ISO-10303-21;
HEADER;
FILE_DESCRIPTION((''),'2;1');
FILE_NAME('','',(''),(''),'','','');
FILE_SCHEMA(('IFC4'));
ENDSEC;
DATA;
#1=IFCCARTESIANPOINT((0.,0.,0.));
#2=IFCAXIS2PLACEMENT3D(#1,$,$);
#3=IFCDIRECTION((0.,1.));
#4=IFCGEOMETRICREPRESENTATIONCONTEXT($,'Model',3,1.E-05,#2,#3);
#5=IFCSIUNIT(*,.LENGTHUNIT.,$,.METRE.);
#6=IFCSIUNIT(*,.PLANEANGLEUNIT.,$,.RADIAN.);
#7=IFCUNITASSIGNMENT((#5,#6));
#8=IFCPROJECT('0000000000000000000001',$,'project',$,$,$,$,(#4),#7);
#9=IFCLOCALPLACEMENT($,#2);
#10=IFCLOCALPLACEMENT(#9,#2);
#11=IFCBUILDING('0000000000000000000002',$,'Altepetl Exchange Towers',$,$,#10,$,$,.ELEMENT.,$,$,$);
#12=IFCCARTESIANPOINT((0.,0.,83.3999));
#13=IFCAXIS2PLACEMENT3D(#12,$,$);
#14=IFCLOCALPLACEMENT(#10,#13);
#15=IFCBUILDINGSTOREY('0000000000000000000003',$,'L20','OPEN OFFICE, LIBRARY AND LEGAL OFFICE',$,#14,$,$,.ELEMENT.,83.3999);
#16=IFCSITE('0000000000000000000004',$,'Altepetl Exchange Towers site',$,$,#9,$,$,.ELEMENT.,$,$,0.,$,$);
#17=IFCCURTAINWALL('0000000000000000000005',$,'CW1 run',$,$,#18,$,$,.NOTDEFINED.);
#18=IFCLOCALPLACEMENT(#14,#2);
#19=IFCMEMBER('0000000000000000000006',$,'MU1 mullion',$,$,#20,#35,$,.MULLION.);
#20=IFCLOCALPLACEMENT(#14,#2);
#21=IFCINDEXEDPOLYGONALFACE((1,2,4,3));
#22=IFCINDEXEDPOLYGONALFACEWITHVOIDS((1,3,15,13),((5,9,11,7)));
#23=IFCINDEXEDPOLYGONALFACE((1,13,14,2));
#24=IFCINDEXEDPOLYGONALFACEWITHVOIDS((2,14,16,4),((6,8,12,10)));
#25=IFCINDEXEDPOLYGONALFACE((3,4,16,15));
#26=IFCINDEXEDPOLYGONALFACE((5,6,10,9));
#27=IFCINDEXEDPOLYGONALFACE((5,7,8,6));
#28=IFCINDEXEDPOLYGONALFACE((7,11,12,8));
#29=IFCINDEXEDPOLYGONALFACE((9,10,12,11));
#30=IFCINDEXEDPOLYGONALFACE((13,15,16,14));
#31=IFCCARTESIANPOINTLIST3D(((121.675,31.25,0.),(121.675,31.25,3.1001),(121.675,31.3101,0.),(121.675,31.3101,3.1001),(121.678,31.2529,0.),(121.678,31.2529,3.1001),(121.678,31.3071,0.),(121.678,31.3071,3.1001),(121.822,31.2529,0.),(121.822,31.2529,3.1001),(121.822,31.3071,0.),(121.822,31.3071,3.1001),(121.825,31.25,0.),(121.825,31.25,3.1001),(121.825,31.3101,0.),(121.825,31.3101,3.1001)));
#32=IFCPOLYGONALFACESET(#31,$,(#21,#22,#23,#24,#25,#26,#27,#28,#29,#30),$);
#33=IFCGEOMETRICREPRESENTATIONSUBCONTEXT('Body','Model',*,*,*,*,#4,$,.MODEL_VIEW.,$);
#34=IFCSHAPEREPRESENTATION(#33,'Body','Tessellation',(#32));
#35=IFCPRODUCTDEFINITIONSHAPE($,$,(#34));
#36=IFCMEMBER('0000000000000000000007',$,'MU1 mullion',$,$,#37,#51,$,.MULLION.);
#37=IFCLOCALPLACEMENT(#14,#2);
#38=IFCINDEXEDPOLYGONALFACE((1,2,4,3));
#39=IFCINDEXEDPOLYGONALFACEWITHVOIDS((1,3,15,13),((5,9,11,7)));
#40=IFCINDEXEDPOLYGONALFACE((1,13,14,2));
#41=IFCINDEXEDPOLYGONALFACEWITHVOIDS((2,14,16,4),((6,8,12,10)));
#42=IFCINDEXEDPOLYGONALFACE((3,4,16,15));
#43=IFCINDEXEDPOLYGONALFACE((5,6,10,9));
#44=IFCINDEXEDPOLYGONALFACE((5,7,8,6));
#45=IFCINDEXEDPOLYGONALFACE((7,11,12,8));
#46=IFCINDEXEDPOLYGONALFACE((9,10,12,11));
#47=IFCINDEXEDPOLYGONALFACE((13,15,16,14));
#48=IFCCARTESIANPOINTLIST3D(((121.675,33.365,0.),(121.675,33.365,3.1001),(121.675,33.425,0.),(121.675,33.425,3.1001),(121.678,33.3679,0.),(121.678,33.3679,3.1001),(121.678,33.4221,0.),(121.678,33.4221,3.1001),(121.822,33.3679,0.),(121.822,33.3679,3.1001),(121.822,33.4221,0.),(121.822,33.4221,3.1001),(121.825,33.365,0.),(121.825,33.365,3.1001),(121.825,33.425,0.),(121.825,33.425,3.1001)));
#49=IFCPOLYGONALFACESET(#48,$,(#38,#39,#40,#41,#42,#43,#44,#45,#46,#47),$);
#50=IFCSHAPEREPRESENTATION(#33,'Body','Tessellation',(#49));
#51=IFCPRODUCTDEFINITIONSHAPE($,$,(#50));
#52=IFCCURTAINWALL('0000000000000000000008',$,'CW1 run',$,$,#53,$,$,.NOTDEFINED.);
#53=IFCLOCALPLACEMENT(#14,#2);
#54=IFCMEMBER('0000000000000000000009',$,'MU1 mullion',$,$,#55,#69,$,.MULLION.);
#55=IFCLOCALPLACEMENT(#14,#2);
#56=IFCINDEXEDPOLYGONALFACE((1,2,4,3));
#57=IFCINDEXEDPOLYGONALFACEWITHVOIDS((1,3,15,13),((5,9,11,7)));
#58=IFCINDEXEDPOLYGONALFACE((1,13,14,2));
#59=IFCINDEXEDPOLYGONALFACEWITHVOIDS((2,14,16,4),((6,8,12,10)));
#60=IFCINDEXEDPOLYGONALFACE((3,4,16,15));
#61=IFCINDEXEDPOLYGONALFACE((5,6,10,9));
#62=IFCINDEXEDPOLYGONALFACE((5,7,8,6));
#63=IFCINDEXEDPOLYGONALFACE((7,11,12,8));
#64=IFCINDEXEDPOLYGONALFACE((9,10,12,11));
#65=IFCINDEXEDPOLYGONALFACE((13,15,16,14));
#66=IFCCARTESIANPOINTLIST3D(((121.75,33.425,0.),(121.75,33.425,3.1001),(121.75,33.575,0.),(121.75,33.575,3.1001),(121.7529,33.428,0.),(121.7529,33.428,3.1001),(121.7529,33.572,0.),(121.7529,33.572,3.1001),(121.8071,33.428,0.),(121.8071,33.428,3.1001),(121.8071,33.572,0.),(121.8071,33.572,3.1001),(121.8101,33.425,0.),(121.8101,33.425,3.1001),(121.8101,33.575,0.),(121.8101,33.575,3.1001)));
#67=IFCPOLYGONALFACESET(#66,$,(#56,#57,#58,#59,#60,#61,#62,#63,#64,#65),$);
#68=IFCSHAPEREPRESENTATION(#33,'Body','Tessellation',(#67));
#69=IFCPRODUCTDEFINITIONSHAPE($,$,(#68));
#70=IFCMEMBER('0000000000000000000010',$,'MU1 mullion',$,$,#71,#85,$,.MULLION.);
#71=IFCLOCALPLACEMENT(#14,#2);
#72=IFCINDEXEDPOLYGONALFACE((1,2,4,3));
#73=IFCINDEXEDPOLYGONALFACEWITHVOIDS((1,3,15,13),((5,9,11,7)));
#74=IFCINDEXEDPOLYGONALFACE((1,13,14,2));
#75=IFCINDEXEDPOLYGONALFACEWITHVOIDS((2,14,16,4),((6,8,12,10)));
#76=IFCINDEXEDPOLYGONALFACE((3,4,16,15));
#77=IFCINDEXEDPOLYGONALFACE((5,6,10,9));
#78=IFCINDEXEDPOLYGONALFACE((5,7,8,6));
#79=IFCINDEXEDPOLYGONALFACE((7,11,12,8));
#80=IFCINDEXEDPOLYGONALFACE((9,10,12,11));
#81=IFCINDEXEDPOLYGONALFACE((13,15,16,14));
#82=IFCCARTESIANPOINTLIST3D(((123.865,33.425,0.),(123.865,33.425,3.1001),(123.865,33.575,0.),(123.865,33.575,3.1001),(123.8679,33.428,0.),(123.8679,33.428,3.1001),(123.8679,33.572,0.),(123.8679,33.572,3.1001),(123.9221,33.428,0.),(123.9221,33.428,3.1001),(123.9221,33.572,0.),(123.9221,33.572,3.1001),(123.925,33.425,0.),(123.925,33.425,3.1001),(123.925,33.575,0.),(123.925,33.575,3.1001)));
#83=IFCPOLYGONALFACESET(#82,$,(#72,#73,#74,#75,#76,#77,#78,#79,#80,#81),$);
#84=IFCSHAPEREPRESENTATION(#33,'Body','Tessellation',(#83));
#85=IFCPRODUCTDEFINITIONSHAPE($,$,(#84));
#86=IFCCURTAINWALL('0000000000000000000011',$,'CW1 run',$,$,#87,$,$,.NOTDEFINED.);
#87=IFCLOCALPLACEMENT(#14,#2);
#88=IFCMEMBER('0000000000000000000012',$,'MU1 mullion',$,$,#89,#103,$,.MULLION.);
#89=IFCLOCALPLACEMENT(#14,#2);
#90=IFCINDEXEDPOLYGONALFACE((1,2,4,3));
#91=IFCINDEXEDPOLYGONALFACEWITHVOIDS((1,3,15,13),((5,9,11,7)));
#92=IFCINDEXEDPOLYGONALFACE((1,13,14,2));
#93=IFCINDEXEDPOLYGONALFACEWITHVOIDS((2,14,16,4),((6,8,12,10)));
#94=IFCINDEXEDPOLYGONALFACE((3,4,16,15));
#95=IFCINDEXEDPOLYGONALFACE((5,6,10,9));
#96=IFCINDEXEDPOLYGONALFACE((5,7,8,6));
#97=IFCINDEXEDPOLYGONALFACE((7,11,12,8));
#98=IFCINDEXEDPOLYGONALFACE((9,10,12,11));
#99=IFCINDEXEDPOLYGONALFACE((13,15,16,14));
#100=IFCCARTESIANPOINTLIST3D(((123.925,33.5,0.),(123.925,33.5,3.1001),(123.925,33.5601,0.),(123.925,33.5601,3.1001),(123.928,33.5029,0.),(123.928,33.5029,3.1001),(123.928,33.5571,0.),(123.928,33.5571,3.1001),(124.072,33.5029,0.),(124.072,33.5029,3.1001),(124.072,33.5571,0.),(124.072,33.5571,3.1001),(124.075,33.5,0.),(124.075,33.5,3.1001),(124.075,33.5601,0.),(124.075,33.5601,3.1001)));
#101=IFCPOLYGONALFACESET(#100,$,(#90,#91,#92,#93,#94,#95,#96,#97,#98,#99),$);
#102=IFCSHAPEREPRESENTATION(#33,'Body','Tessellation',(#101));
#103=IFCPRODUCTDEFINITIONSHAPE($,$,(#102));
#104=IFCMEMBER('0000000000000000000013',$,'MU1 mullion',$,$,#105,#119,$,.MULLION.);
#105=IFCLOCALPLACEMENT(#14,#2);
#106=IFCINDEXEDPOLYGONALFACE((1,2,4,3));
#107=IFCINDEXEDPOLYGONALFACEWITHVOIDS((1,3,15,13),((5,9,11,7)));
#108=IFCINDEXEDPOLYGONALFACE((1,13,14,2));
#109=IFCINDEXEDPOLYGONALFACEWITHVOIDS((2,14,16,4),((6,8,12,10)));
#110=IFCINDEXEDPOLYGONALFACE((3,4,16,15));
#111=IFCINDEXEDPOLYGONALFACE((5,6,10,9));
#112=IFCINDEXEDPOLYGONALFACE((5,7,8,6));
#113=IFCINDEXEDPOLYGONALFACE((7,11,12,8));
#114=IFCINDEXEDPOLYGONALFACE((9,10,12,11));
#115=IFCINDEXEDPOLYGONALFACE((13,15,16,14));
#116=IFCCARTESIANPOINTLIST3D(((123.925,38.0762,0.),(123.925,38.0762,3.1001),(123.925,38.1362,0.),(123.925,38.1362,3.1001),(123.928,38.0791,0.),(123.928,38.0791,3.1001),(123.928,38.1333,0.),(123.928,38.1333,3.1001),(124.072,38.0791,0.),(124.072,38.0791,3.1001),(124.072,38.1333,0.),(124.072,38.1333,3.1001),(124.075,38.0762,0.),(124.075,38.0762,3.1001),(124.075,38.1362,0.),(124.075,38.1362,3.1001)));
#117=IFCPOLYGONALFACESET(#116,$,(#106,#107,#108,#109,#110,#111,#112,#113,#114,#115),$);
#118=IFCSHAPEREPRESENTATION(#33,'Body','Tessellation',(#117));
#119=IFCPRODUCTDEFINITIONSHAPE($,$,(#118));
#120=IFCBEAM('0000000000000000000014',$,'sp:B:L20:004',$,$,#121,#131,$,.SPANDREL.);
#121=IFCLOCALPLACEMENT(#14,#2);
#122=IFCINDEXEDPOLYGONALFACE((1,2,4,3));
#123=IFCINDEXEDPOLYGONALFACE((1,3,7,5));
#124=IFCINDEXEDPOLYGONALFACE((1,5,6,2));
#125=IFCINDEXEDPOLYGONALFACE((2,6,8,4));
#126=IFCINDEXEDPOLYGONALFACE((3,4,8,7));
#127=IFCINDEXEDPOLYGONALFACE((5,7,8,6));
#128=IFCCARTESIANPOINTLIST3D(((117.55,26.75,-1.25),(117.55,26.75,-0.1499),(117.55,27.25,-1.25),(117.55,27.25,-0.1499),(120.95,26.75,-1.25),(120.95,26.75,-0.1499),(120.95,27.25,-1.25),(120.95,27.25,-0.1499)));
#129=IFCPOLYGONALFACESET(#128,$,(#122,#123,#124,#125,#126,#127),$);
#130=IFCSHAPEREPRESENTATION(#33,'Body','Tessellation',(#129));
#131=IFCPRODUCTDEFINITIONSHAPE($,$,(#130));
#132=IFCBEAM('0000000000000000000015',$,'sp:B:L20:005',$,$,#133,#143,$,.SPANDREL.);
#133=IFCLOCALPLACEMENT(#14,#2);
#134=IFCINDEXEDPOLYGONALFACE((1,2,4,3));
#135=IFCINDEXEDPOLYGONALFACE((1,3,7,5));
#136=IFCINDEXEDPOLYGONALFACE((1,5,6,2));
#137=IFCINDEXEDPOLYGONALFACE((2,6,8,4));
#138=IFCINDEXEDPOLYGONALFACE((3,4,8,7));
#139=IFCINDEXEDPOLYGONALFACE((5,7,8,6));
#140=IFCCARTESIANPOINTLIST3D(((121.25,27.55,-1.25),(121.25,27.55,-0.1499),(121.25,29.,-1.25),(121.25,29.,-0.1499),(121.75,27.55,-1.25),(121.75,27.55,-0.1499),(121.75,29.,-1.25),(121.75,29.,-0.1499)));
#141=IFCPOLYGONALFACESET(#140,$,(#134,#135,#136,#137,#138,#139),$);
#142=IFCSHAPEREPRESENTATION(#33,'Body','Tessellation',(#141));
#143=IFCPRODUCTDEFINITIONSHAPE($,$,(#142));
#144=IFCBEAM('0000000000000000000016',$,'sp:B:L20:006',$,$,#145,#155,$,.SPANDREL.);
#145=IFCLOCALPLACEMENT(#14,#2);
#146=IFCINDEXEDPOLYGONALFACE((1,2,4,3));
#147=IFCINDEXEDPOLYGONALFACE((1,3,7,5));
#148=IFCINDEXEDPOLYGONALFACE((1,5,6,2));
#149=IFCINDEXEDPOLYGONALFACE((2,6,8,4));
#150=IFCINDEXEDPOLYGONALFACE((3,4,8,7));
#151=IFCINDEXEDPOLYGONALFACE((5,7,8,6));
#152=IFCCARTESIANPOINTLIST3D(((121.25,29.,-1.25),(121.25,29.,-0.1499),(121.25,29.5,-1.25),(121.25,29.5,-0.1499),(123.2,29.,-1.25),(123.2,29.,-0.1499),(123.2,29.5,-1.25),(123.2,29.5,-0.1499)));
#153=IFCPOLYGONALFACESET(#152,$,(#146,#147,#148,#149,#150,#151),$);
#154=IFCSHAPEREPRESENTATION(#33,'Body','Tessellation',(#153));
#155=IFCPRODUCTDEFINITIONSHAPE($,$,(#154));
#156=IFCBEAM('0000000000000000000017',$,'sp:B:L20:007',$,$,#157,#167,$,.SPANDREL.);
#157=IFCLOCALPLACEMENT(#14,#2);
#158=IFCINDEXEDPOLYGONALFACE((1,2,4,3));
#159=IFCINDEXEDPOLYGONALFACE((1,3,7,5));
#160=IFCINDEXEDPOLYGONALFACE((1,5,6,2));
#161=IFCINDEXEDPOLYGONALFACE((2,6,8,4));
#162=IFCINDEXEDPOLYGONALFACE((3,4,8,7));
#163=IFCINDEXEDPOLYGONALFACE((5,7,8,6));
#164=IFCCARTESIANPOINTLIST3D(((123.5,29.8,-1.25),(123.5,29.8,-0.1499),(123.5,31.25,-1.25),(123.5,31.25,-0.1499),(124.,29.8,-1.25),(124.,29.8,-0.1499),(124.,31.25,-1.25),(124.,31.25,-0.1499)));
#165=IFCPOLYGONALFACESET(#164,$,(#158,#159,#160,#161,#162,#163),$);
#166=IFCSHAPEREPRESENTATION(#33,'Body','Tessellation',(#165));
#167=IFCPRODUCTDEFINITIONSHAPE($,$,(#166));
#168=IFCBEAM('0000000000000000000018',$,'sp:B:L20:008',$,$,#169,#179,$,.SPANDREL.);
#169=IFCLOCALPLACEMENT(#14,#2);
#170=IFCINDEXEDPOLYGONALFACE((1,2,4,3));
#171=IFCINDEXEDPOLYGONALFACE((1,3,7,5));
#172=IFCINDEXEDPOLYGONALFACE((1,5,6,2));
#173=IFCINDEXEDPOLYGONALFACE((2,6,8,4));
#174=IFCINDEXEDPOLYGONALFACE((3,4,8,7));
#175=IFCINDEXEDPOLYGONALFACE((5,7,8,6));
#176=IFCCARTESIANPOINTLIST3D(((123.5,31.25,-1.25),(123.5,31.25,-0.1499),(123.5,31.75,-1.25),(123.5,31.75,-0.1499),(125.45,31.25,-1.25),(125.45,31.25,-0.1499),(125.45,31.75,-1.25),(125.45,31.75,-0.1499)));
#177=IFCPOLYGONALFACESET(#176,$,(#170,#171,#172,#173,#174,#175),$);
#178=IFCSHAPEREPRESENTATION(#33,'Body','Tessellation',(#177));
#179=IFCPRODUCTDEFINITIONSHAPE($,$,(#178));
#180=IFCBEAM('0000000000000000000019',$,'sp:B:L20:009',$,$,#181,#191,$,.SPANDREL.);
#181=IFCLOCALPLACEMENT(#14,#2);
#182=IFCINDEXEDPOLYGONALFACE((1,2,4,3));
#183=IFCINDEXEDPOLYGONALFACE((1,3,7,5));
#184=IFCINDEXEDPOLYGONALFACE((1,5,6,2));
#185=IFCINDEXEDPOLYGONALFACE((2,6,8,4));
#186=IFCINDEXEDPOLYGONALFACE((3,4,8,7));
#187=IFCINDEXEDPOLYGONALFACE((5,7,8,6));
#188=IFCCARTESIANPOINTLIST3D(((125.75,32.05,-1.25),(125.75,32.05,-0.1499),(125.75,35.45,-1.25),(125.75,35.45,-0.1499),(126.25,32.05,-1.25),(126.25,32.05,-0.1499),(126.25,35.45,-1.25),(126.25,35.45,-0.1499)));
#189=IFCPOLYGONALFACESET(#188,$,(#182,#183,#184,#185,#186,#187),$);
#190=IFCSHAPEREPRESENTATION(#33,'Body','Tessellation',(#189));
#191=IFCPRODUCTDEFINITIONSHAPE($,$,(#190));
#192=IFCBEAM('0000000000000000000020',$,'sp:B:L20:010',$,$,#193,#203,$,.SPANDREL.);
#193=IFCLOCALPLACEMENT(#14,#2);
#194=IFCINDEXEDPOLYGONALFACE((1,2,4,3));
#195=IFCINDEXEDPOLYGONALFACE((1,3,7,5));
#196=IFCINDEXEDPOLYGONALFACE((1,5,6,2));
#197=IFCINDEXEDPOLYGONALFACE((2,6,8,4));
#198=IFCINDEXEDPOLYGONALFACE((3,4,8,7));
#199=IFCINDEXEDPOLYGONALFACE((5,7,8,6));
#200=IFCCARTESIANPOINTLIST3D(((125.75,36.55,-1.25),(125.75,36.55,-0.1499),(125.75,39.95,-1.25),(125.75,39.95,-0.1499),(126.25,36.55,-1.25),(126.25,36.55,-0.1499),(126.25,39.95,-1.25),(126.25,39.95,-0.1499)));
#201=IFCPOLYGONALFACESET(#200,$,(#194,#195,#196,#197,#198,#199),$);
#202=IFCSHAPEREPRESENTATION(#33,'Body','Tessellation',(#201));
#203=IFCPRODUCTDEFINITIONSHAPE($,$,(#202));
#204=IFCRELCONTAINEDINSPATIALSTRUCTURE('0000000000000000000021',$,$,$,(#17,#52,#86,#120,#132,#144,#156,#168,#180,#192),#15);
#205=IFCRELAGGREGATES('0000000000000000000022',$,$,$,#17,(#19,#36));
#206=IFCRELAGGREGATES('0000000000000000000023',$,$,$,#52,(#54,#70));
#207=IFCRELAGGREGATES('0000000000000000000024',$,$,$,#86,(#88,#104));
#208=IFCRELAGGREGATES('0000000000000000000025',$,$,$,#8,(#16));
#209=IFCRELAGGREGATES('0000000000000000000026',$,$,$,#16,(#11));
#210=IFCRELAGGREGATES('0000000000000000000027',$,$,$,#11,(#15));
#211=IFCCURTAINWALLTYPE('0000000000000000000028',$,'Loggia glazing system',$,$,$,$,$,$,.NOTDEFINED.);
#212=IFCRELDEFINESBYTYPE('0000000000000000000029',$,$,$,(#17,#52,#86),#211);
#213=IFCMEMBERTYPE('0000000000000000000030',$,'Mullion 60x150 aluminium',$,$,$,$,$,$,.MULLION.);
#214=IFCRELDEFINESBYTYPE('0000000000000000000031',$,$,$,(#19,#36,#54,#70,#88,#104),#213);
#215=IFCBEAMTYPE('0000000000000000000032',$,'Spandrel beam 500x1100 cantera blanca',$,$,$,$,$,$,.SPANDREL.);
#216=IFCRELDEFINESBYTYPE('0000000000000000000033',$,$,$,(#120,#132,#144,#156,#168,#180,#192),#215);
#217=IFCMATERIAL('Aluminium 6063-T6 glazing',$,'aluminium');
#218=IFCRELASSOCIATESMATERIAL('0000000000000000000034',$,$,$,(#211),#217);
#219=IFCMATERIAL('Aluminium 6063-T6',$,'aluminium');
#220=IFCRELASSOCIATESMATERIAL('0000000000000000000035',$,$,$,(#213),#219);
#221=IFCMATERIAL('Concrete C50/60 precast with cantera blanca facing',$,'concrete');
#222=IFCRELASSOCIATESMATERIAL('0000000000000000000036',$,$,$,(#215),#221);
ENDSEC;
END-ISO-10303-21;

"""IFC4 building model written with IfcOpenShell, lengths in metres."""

from ifc_helpers import new_model, si_unit, direction, frame, origin, origin_2d, place, context, subcontext, project, spatial, rectangle, hollow_rectangle, extrude, material, material_profile, profile_set, type_object, element, aggregate, save


model = new_model("IFC4")

# Units and contexts
model_context = context("Model", 3, precision=1e-05, world=origin(), true_north=direction((0.0, 1.0)))
body_context = subcontext(model_context, "Body", "Model", "MODEL_VIEW")
ifc_project = project(units=[si_unit("LENGTHUNIT", "METRE"), si_unit("PLANEANGLEUNIT", "RADIAN")], contexts=[model_context])

# Site, building, storey
site_placement = place(None, origin())
site = spatial("IfcSite", under=ifc_project, at=site_placement, Name="Altepetl Exchange Towers site", CompositionType="ELEMENT", RefElevation=0.0)
building_placement = place(site_placement, origin())
building = spatial("IfcBuilding", under=site, at=building_placement, Name="Altepetl Exchange Towers", CompositionType="ELEMENT")
storey_placement = place(building_placement, frame((0.0, 0.0, 83.3999)))
storey = spatial("IfcBuildingStorey", under=building, at=storey_placement, Name="L20", Description="OPEN OFFICE, LIBRARY AND LEGAL OFFICE", CompositionType="ELEMENT", Elevation=83.3999)

# Shared definitions
ifc_material_1 = material(Name="Aluminium 6063-T6 glazing", Category="aluminium")
curtain_wall_type = type_object("IfcCurtainWallType", Name="Loggia glazing system", PredefinedType="NOTDEFINED", material=ifc_material_1)
ifc_material_2 = material(Name="Aluminium 6063-T6", Category="aluminium")
ifc_material_profile_1 = material_profile(ifc_material_2, hollow_rectangle(XDim=0.0601, YDim=0.1499, WallThickness=0.0029, at=origin_2d()), Name="Mullion 60x150 aluminium")
ifc_profile_set_1 = profile_set([ifc_material_profile_1], Name="Aluminium 6063-T6")
member_type = type_object("IfcMemberType", Name="Mullion 60x150 aluminium", PredefinedType="MULLION", material=ifc_profile_set_1)

# Curtain walls, members
curtain_wall_1_placement = place(storey_placement, origin())
curtain_wall_1 = element("IfcCurtainWall", 1, at=curtain_wall_1_placement, inside=storey, type_object=curtain_wall_type, Name="CW1 run", PredefinedType="NOTDEFINED")
member_1_placement = place(storey_placement, frame((121.75, 31.28, 0.0), z_axis=(0.0, 0.0, 1.0), x_axis=(0.0, 1.0, 0.0)))
member_1 = element("IfcMember", 2, at=member_1_placement, type_object=member_type, Name="MU1 mullion", PredefinedType="MULLION", context=body_context, shape_type="SweptSolid", body=[
    extrude(hollow_rectangle(XDim=0.0601, YDim=0.1499, WallThickness=0.0029, at=origin_2d()), origin(), (0.0, 0.0, 1.0), 3.1001),
])
member_2_placement = place(storey_placement, frame((121.75, 33.395, 0.0), z_axis=(0.0, 0.0, 1.0), x_axis=(0.0, 1.0, 0.0)))
member_2 = element("IfcMember", 3, at=member_2_placement, type_object=member_type, Name="MU1 mullion", PredefinedType="MULLION", context=body_context, shape_type="SweptSolid", body=[
    extrude(hollow_rectangle(XDim=0.0601, YDim=0.1499, WallThickness=0.0029, at=origin_2d()), origin(), (0.0, 0.0, 1.0), 3.1001),
])
curtain_wall_2_placement = place(storey_placement, origin())
curtain_wall_2 = element("IfcCurtainWall", 4, at=curtain_wall_2_placement, inside=storey, type_object=curtain_wall_type, Name="CW1 run", PredefinedType="NOTDEFINED")
member_3_placement = place(storey_placement, frame((121.78, 33.5, 0.0)))
member_3 = element("IfcMember", 5, at=member_3_placement, type_object=member_type, Name="MU1 mullion", PredefinedType="MULLION", context=body_context, shape_type="SweptSolid", body=[
    extrude(hollow_rectangle(XDim=0.0601, YDim=0.1499, WallThickness=0.0029, at=origin_2d()), origin(), (0.0, 0.0, 1.0), 3.1001),
])
member_4_placement = place(storey_placement, frame((123.895, 33.5, 0.0)))
member_4 = element("IfcMember", 6, at=member_4_placement, type_object=member_type, Name="MU1 mullion", PredefinedType="MULLION", context=body_context, shape_type="SweptSolid", body=[
    extrude(hollow_rectangle(XDim=0.0601, YDim=0.1499, WallThickness=0.0029, at=origin_2d()), origin(), (0.0, 0.0, 1.0), 3.1001),
])
curtain_wall_3_placement = place(storey_placement, origin())
curtain_wall_3 = element("IfcCurtainWall", 7, at=curtain_wall_3_placement, inside=storey, type_object=curtain_wall_type, Name="CW1 run", PredefinedType="NOTDEFINED")
member_5_placement = place(storey_placement, frame((124.0, 33.53, 0.0), z_axis=(0.0, 0.0, 1.0), x_axis=(0.0, 1.0, 0.0)))
member_5 = element("IfcMember", 8, at=member_5_placement, type_object=member_type, Name="MU1 mullion", PredefinedType="MULLION", context=body_context, shape_type="SweptSolid", body=[
    extrude(hollow_rectangle(XDim=0.0601, YDim=0.1499, WallThickness=0.0029, at=origin_2d()), origin(), (0.0, 0.0, 1.0), 3.1001),
])
member_6_placement = place(storey_placement, frame((124.0, 38.1062, 0.0), z_axis=(0.0, 0.0, 1.0), x_axis=(0.0, 1.0, 0.0)))
member_6 = element("IfcMember", 9, at=member_6_placement, type_object=member_type, Name="MU1 mullion", PredefinedType="MULLION", context=body_context, shape_type="SweptSolid", body=[
    extrude(hollow_rectangle(XDim=0.0601, YDim=0.1499, WallThickness=0.0029, at=origin_2d()), origin(), (0.0, 0.0, 1.0), 3.1001),
])

# Beams
ifc_material_3 = material(Name="Concrete C50/60 precast with cantera blanca facing", Category="concrete")
ifc_material_profile_2 = material_profile(ifc_material_3, rectangle(XDim=0.5, YDim=1.1001, at=origin_2d()), Name="500 x 1100")
ifc_profile_set_2 = profile_set([ifc_material_profile_2], Name="Concrete C50/60 precast with cantera blanca facing")
beam_type_1 = type_object("IfcBeamType", Name="Spandrel beam 500x1100 cantera blanca", PredefinedType="SPANDREL", material=ifc_profile_set_2)
beam_1_placement = place(storey_placement, frame((117.55, 27.0, -0.7), z_axis=(1.0, 0.0, 0.0), x_axis=(0.0, 1.0, 0.0)))
element("IfcBeam", 10, at=beam_1_placement, inside=storey, type_object=beam_type_1, Name="sp:B:L20:004", PredefinedType="SPANDREL", context=body_context, shape_type="SweptSolid", body=[
    extrude(rectangle(XDim=0.5, YDim=1.1001, at=origin_2d()), origin(), (0.0, 0.0, 1.0), 3.3999),
])
beam_2_placement = place(storey_placement, frame((121.5, 27.55, -0.7), z_axis=(0.0, 1.0, 0.0), x_axis=(-1.0, 0.0, 0.0)))
element("IfcBeam", 11, at=beam_2_placement, inside=storey, type_object=beam_type_1, Name="sp:B:L20:005", PredefinedType="SPANDREL", context=body_context, shape_type="SweptSolid", body=[
    extrude(rectangle(XDim=0.5, YDim=1.1001, at=origin_2d()), origin(), (0.0, 0.0, 1.0), 1.45),
])
beam_3_placement = place(storey_placement, frame((121.25, 29.25, -0.7), z_axis=(1.0, 0.0, 0.0), x_axis=(0.0, 1.0, 0.0)))
element("IfcBeam", 12, at=beam_3_placement, inside=storey, type_object=beam_type_1, Name="sp:B:L20:006", PredefinedType="SPANDREL", context=body_context, shape_type="SweptSolid", body=[
    extrude(rectangle(XDim=0.5, YDim=1.1001, at=origin_2d()), origin(), (0.0, 0.0, 1.0), 1.95),
])
beam_4_placement = place(storey_placement, frame((123.75, 29.8, -0.7), z_axis=(0.0, 1.0, 0.0), x_axis=(-1.0, 0.0, 0.0)))
element("IfcBeam", 13, at=beam_4_placement, inside=storey, type_object=beam_type_1, Name="sp:B:L20:007", PredefinedType="SPANDREL", context=body_context, shape_type="SweptSolid", body=[
    extrude(rectangle(XDim=0.5, YDim=1.1001, at=origin_2d()), origin(), (0.0, 0.0, 1.0), 1.45),
])
beam_5_placement = place(storey_placement, frame((123.5, 31.5, -0.7), z_axis=(1.0, 0.0, 0.0), x_axis=(0.0, 1.0, 0.0)))
element("IfcBeam", 14, at=beam_5_placement, inside=storey, type_object=beam_type_1, Name="sp:B:L20:008", PredefinedType="SPANDREL", context=body_context, shape_type="SweptSolid", body=[
    extrude(rectangle(XDim=0.5, YDim=1.1001, at=origin_2d()), origin(), (0.0, 0.0, 1.0), 1.95),
])
for number, where, z_axis, x_axis, name in (
    (15, (126.0, 32.05, -0.7), (0.0, 1.0, 0.0), (-1.0, 0.0, 0.0), "sp:B:L20:009"),
    (16, (126.0, 36.55, -0.7), (0.0, 1.0, 0.0), (-1.0, 0.0, 0.0), "sp:B:L20:010"),
):
    element("IfcBeam", number, at=place(storey_placement, frame(where, z_axis=z_axis, x_axis=x_axis)), inside=storey, type_object=beam_type_1, Name=name, PredefinedType="SPANDREL", context=body_context, shape_type="SweptSolid", body=[
        extrude(rectangle(XDim=0.5, YDim=1.1001, at=origin_2d()), origin(), (0.0, 0.0, 1.0), 3.3999),
    ])

aggregate(curtain_wall_1, [member_1, member_2])
aggregate(curtain_wall_2, [member_3, member_4])
aggregate(curtain_wall_3, [member_5, member_6])

save(model, "model.ifc")
